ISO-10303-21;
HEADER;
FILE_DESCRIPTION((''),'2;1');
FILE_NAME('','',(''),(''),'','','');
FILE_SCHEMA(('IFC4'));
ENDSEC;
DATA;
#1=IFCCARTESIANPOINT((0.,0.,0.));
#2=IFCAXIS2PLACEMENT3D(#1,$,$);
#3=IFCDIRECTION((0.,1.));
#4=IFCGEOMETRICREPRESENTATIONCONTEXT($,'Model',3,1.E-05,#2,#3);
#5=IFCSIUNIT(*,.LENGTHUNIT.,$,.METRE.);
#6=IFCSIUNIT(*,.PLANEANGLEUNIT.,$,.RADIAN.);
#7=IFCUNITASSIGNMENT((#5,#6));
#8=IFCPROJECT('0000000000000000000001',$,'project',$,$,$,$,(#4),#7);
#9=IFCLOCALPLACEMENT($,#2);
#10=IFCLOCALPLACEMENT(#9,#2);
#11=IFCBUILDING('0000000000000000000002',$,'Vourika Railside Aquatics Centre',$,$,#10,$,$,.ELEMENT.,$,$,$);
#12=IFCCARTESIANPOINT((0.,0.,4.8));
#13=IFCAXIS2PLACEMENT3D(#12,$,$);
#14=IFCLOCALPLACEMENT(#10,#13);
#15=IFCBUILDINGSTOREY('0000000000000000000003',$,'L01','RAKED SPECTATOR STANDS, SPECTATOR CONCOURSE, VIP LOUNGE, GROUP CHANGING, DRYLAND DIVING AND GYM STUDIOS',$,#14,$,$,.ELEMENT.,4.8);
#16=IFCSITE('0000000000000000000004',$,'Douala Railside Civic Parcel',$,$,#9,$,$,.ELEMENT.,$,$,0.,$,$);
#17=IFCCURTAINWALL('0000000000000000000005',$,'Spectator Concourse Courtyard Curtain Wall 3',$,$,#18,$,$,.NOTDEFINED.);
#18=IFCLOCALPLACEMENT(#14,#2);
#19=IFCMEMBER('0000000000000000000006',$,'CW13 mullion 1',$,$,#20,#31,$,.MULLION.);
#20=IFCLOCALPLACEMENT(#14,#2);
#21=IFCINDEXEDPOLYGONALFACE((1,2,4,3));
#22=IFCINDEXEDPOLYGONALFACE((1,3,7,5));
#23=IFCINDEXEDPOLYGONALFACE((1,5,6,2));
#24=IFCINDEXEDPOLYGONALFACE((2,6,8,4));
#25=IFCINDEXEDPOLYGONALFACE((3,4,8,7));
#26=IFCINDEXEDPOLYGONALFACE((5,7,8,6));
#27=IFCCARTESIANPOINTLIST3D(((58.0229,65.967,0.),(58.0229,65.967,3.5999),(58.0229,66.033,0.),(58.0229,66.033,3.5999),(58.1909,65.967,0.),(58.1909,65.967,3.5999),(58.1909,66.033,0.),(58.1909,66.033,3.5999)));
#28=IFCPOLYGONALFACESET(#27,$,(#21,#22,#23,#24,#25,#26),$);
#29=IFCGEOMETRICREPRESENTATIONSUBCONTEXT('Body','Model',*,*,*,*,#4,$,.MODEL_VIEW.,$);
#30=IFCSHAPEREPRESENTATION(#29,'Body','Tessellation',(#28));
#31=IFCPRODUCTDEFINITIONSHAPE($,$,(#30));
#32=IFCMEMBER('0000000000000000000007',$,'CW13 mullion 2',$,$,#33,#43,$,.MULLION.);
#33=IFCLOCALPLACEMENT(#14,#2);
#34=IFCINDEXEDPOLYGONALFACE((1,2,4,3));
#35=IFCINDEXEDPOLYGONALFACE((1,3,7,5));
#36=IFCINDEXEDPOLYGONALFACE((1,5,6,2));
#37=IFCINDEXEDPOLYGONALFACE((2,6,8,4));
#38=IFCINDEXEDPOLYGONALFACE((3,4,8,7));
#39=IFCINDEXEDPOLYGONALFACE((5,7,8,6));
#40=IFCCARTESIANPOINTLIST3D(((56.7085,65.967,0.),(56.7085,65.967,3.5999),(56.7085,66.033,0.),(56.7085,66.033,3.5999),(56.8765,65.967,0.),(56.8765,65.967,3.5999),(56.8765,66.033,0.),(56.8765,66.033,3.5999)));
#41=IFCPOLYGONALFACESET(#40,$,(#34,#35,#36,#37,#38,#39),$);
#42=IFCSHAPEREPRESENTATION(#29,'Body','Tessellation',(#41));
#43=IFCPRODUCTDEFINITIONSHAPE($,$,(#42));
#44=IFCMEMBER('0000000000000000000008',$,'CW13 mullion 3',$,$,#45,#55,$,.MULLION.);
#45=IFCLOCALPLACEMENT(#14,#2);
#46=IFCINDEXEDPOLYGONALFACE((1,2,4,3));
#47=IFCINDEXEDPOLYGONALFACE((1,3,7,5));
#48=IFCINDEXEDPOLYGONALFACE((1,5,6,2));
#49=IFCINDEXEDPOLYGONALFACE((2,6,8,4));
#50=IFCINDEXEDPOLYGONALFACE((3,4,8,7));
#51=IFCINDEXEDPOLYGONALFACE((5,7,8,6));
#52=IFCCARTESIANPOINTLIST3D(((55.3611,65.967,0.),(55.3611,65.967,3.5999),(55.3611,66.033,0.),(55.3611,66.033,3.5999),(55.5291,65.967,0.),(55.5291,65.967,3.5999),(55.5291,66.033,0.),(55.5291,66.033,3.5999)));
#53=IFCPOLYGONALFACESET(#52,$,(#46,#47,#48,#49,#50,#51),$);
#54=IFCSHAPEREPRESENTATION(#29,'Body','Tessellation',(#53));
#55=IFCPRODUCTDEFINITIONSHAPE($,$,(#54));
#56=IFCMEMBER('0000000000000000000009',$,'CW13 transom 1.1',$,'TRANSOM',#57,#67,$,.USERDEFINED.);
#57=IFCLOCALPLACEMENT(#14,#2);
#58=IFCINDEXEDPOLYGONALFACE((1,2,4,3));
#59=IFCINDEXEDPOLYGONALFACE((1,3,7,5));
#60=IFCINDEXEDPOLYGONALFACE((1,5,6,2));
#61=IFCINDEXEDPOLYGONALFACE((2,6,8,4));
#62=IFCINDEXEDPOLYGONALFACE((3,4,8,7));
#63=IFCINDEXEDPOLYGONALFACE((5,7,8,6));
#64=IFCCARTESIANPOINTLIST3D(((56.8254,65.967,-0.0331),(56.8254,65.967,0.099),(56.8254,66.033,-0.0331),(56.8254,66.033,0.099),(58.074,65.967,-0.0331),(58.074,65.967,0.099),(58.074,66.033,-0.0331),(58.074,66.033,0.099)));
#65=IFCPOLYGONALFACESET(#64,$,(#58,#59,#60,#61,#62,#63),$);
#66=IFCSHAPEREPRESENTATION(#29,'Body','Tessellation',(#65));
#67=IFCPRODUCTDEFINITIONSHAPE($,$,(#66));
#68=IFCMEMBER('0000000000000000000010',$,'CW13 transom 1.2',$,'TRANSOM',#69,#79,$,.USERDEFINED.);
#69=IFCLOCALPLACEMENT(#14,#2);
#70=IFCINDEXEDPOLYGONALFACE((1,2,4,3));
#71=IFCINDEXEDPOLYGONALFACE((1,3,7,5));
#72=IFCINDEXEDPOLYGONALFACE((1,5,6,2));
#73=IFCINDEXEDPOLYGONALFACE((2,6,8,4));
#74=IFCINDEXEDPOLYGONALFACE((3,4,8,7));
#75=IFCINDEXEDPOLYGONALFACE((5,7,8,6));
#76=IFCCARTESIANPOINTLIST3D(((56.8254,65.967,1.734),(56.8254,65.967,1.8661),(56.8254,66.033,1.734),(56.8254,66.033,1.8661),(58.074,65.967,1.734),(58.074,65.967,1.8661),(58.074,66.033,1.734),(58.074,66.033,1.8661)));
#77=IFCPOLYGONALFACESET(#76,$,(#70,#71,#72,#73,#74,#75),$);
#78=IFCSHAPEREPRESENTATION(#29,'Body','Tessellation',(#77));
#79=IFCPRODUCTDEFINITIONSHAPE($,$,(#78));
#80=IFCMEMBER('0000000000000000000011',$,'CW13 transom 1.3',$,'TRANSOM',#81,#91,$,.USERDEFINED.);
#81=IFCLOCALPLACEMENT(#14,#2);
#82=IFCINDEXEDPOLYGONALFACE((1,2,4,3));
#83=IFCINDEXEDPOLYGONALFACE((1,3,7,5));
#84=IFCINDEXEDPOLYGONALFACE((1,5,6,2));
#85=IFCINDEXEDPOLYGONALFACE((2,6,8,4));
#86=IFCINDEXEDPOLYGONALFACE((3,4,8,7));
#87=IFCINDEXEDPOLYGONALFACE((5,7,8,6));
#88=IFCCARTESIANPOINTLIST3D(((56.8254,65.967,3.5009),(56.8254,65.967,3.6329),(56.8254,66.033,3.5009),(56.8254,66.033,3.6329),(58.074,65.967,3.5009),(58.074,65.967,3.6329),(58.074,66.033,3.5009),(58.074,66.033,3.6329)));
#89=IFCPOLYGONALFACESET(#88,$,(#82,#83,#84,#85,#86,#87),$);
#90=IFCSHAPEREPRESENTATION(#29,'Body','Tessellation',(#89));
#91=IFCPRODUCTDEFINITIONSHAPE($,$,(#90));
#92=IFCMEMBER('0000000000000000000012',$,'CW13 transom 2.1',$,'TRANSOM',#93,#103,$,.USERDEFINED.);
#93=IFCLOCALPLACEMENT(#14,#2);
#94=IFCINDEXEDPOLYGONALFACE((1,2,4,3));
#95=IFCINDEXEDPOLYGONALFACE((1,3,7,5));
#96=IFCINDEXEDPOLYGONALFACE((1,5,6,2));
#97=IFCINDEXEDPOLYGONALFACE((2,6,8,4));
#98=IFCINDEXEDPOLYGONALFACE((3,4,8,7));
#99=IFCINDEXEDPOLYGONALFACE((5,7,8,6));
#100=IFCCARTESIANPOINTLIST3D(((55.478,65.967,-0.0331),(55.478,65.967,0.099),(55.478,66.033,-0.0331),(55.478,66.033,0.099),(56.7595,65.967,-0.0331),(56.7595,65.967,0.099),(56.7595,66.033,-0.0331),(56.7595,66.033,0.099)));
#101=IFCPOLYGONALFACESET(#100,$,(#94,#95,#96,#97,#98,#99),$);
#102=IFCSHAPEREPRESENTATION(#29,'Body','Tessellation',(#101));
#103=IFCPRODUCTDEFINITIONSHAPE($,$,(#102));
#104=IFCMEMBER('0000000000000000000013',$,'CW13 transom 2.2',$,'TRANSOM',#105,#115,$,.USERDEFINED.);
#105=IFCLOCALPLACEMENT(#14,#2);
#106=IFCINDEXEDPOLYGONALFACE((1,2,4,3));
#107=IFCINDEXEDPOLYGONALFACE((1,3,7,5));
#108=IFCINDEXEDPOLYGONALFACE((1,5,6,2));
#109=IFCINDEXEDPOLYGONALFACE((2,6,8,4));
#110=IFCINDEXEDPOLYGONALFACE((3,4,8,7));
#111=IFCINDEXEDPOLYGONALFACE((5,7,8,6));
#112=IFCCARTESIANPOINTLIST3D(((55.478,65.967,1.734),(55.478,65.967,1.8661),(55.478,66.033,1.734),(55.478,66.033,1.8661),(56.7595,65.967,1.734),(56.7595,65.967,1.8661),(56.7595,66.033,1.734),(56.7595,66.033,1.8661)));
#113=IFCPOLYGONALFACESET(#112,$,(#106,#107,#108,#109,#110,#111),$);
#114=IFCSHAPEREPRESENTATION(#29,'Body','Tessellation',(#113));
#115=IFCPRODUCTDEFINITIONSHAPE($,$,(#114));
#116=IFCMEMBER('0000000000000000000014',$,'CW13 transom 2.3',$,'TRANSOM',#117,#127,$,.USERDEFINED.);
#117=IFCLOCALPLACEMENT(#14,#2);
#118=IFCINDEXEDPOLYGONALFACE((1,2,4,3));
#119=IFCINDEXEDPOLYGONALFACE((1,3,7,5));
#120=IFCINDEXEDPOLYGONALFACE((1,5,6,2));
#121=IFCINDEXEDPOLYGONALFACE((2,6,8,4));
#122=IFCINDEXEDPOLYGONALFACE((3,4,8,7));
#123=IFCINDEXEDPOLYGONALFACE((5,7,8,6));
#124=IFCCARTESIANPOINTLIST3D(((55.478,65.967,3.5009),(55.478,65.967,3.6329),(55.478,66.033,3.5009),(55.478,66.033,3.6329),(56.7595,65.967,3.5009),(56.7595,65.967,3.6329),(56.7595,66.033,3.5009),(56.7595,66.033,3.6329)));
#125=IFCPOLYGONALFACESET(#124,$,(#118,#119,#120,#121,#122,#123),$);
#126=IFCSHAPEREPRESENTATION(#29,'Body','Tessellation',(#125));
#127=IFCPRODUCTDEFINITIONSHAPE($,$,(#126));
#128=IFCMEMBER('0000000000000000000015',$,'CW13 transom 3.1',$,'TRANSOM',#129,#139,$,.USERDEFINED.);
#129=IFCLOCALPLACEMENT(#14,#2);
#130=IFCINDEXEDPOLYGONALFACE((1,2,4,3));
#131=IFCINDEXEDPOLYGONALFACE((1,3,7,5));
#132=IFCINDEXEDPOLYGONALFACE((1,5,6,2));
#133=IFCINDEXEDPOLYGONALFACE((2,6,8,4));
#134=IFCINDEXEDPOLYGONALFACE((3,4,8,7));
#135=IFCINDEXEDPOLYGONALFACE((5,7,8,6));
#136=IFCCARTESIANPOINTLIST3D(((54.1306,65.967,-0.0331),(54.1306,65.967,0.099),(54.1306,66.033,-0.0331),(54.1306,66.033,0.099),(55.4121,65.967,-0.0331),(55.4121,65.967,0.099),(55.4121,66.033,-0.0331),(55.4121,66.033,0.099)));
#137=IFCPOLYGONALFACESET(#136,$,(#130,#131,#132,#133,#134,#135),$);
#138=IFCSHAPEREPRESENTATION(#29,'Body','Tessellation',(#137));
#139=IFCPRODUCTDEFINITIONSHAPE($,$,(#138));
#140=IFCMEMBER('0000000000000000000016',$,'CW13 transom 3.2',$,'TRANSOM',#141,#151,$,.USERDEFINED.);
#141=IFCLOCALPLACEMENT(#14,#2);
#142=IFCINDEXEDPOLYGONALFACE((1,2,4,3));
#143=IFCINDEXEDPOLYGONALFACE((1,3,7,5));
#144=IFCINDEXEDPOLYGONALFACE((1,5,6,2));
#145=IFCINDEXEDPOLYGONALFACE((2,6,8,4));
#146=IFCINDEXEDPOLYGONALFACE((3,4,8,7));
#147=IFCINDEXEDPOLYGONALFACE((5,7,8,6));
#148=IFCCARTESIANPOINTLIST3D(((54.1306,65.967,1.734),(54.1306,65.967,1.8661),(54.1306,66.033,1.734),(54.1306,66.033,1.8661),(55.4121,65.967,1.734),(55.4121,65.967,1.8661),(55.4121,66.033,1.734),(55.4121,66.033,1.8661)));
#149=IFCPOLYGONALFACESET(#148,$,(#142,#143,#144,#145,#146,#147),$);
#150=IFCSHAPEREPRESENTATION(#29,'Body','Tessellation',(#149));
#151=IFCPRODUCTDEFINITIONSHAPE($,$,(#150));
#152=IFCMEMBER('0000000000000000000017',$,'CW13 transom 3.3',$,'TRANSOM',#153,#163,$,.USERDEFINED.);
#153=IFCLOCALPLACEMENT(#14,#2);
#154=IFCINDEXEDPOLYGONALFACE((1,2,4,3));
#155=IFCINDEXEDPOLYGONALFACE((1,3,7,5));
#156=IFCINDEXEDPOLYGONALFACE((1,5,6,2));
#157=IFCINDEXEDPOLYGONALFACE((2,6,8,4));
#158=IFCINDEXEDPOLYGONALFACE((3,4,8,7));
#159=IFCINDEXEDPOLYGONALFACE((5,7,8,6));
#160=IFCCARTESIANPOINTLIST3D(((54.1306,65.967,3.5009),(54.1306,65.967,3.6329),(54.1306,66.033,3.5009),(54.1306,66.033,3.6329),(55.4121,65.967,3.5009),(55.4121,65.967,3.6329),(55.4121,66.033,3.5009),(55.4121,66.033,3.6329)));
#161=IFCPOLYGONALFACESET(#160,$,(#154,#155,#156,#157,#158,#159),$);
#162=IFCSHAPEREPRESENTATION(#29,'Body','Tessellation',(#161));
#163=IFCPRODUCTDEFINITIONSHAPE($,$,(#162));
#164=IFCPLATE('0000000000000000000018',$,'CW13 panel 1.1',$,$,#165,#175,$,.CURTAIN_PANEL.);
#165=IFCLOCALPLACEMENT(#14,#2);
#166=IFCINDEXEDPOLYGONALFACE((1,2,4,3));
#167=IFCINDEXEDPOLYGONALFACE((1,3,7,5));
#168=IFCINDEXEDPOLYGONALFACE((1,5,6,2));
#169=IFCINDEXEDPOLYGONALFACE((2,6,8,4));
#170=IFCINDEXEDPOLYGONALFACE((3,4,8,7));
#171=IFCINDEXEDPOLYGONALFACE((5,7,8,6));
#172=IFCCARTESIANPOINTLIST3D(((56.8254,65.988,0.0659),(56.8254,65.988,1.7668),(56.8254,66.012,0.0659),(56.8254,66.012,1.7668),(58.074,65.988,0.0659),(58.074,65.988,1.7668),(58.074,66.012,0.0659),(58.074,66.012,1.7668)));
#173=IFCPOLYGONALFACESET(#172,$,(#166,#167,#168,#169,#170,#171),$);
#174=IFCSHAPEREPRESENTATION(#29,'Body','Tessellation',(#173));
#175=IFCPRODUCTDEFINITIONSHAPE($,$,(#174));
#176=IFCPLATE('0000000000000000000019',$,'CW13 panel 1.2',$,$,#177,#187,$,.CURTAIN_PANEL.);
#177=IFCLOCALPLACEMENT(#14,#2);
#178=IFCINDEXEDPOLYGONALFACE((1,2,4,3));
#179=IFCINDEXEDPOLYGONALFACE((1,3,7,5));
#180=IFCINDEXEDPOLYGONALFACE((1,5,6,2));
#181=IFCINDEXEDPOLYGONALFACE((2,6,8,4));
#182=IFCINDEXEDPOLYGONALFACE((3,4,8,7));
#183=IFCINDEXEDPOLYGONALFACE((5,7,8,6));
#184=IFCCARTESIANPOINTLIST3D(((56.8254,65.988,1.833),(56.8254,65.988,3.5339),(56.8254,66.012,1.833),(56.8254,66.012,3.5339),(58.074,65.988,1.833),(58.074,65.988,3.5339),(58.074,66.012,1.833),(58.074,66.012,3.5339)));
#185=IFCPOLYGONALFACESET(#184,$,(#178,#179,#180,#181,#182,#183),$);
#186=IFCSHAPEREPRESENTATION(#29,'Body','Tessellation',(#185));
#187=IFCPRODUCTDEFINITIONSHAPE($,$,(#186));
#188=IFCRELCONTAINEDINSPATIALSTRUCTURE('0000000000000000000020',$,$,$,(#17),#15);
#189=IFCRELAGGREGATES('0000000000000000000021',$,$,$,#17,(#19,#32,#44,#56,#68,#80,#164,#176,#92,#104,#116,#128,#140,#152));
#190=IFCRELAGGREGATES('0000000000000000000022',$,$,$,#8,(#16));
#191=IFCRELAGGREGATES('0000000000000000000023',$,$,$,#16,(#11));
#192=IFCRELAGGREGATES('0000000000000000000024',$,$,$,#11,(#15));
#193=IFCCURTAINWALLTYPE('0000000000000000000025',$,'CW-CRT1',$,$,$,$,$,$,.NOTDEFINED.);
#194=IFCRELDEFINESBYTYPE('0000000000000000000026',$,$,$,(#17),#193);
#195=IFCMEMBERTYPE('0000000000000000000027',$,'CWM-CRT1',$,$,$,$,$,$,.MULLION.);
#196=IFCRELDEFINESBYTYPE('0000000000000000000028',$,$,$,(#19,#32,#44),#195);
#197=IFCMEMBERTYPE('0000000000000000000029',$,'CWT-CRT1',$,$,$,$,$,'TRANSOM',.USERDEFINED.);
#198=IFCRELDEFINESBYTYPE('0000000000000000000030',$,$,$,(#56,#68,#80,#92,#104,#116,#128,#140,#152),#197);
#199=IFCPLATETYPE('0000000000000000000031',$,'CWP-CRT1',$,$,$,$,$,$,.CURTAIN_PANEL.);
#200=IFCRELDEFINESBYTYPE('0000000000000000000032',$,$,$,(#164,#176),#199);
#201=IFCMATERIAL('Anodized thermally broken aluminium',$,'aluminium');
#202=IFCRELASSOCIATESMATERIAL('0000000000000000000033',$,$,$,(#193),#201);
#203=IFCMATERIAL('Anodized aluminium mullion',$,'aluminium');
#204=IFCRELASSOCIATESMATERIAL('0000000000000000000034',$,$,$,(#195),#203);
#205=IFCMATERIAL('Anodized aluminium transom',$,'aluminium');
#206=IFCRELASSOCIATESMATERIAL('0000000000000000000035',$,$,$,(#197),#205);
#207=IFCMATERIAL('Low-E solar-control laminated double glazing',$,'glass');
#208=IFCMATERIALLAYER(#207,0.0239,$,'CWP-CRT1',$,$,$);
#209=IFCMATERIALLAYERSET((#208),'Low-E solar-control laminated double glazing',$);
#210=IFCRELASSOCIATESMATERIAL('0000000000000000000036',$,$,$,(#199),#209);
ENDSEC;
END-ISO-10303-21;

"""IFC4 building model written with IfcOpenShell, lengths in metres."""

from ifc_helpers import new_model, si_unit, direction, frame, origin, origin_2d, place, context, subcontext, project, spatial, rectangle, extrude, material, layer, layer_set, material_profile, profile_set, type_object, element, aggregate, save


model = new_model("IFC4")

# Units and contexts
model_context = context("Model", 3, precision=1e-05, world=origin(), true_north=direction((0.0, 1.0)))
body_context = subcontext(model_context, "Body", "Model", "MODEL_VIEW")
ifc_project = project(units=[si_unit("LENGTHUNIT", "METRE"), si_unit("PLANEANGLEUNIT", "RADIAN")], contexts=[model_context])

# Site, building, storey
site_placement = place(None, origin())
site = spatial("IfcSite", under=ifc_project, at=site_placement, Name="Douala Railside Civic Parcel", CompositionType="ELEMENT", RefElevation=0.0)
building_placement = place(site_placement, origin())
building = spatial("IfcBuilding", under=site, at=building_placement, Name="Vourika Railside Aquatics Centre", CompositionType="ELEMENT")
storey_placement = place(building_placement, frame((0.0, 0.0, 4.8)))
storey = spatial("IfcBuildingStorey", under=building, at=storey_placement, Name="L01", Description="RAKED SPECTATOR STANDS, SPECTATOR CONCOURSE, VIP LOUNGE, GROUP CHANGING, DRYLAND DIVING AND GYM STUDIOS", CompositionType="ELEMENT", Elevation=4.8)

# Curtain wall, members, plates
ifc_material_1 = material(Name="Anodized thermally broken aluminium", Category="aluminium")
curtain_wall_type = type_object("IfcCurtainWallType", Name="CW-CRT1", PredefinedType="NOTDEFINED", material=ifc_material_1)
curtain_wall_placement = place(storey_placement, origin())
curtain_wall = element("IfcCurtainWall", 1, at=curtain_wall_placement, inside=storey, type_object=curtain_wall_type, Name="Spectator Concourse Courtyard Curtain Wall 3", PredefinedType="NOTDEFINED")
ifc_material_2 = material(Name="Anodized aluminium mullion", Category="aluminium")
ifc_material_profile_1 = material_profile(ifc_material_2, rectangle(XDim=0.0659, YDim=0.168, at=origin_2d()), Name="ALU-M 66x168")
ifc_profile_set_1 = profile_set([ifc_material_profile_1], Name="Anodized aluminium mullion")
member_type_1 = type_object("IfcMemberType", Name="CWM-CRT1", PredefinedType="MULLION", material=ifc_profile_set_1)
member_1_placement = place(storey_placement, frame((58.1069, 66.0, 0.0), z_axis=(0.0, 0.0, 1.0), x_axis=(0.0, -1.0, 0.0)))
member_1 = element("IfcMember", 2, at=member_1_placement, type_object=member_type_1, Name="CW13 mullion 1", PredefinedType="MULLION", context=body_context, shape_type="SweptSolid", body=[
    extrude(rectangle(XDim=0.0659, YDim=0.168, at=origin_2d()), origin(), (0.0, 0.0, 1.0), 3.5999),
])
member_2_placement = place(storey_placement, frame((56.7925, 66.0, 0.0), z_axis=(0.0, 0.0, 1.0), x_axis=(0.0, -1.0, 0.0)))
member_2 = element("IfcMember", 3, at=member_2_placement, type_object=member_type_1, Name="CW13 mullion 2", PredefinedType="MULLION", context=body_context, shape_type="SweptSolid", body=[
    extrude(rectangle(XDim=0.0659, YDim=0.168, at=origin_2d()), origin(), (0.0, 0.0, 1.0), 3.5999),
])
member_3_placement = place(storey_placement, frame((55.4451, 66.0, 0.0), z_axis=(0.0, 0.0, 1.0), x_axis=(0.0, -1.0, 0.0)))
member_3 = element("IfcMember", 4, at=member_3_placement, type_object=member_type_1, Name="CW13 mullion 3", PredefinedType="MULLION", context=body_context, shape_type="SweptSolid", body=[
    extrude(rectangle(XDim=0.0659, YDim=0.168, at=origin_2d()), origin(), (0.0, 0.0, 1.0), 3.5999),
])
ifc_material_3 = material(Name="Anodized aluminium transom", Category="aluminium")
ifc_material_profile_2 = material_profile(ifc_material_3, rectangle(XDim=0.0659, YDim=0.1321, at=origin_2d()), Name="ALU-T 66x132")
ifc_profile_set_2 = profile_set([ifc_material_profile_2], Name="Anodized aluminium transom")
member_type_2 = type_object("IfcMemberType", Name="CWT-CRT1", ElementType="TRANSOM", PredefinedType="USERDEFINED", material=ifc_profile_set_2)
member_4_placement = place(storey_placement, frame((58.074, 66.0, 0.033), z_axis=(-1.0, 0.0, 0.0), x_axis=(0.0, -1.0, 0.0)))
member_4 = element("IfcMember", 5, at=member_4_placement, type_object=member_type_2, Name="CW13 transom 1.1", ObjectType="TRANSOM", PredefinedType="USERDEFINED", context=body_context, shape_type="SweptSolid", body=[
    extrude(rectangle(XDim=0.0659, YDim=0.1321, at=origin_2d()), origin(), (0.0, 0.0, 1.0), 1.2485),
])
member_5_placement = place(storey_placement, frame((58.074, 66.0, 1.8), z_axis=(-1.0, 0.0, 0.0), x_axis=(0.0, -1.0, 0.0)))
member_5 = element("IfcMember", 6, at=member_5_placement, type_object=member_type_2, Name="CW13 transom 1.2", ObjectType="TRANSOM", PredefinedType="USERDEFINED", context=body_context, shape_type="SweptSolid", body=[
    extrude(rectangle(XDim=0.0659, YDim=0.1321, at=origin_2d()), origin(), (0.0, 0.0, 1.0), 1.2485),
])
member_6_placement = place(storey_placement, frame((58.074, 66.0, 3.5669), z_axis=(-1.0, 0.0, 0.0), x_axis=(0.0, -1.0, 0.0)))
member_6 = element("IfcMember", 7, at=member_6_placement, type_object=member_type_2, Name="CW13 transom 1.3", ObjectType="TRANSOM", PredefinedType="USERDEFINED", context=body_context, shape_type="SweptSolid", body=[
    extrude(rectangle(XDim=0.0659, YDim=0.1321, at=origin_2d()), origin(), (0.0, 0.0, 1.0), 1.2485),
])
member_7_placement = place(storey_placement, frame((56.7595, 66.0, 0.033), z_axis=(-1.0, 0.0, 0.0), x_axis=(0.0, -1.0, 0.0)))
member_7 = element("IfcMember", 8, at=member_7_placement, type_object=member_type_2, Name="CW13 transom 2.1", ObjectType="TRANSOM", PredefinedType="USERDEFINED", context=body_context, shape_type="SweptSolid", body=[
    extrude(rectangle(XDim=0.0659, YDim=0.1321, at=origin_2d()), origin(), (0.0, 0.0, 1.0), 1.2815),
])
member_8_placement = place(storey_placement, frame((56.7595, 66.0, 1.8), z_axis=(-1.0, 0.0, 0.0), x_axis=(0.0, -1.0, 0.0)))
member_8 = element("IfcMember", 9, at=member_8_placement, type_object=member_type_2, Name="CW13 transom 2.2", ObjectType="TRANSOM", PredefinedType="USERDEFINED", context=body_context, shape_type="SweptSolid", body=[
    extrude(rectangle(XDim=0.0659, YDim=0.1321, at=origin_2d()), origin(), (0.0, 0.0, 1.0), 1.2815),
])
member_9_placement = place(storey_placement, frame((56.7595, 66.0, 3.5669), z_axis=(-1.0, 0.0, 0.0), x_axis=(0.0, -1.0, 0.0)))
member_9 = element("IfcMember", 10, at=member_9_placement, type_object=member_type_2, Name="CW13 transom 2.3", ObjectType="TRANSOM", PredefinedType="USERDEFINED", context=body_context, shape_type="SweptSolid", body=[
    extrude(rectangle(XDim=0.0659, YDim=0.1321, at=origin_2d()), origin(), (0.0, 0.0, 1.0), 1.2815),
])
member_10_placement = place(storey_placement, frame((55.4121, 66.0, 0.033), z_axis=(-1.0, 0.0, 0.0), x_axis=(0.0, -1.0, 0.0)))
member_10 = element("IfcMember", 11, at=member_10_placement, type_object=member_type_2, Name="CW13 transom 3.1", ObjectType="TRANSOM", PredefinedType="USERDEFINED", context=body_context, shape_type="SweptSolid", body=[
    extrude(rectangle(XDim=0.0659, YDim=0.1321, at=origin_2d()), origin(), (0.0, 0.0, 1.0), 1.2815),
])
member_11_placement = place(storey_placement, frame((55.4121, 66.0, 1.8), z_axis=(-1.0, 0.0, 0.0), x_axis=(0.0, -1.0, 0.0)))
member_11 = element("IfcMember", 12, at=member_11_placement, type_object=member_type_2, Name="CW13 transom 3.2", ObjectType="TRANSOM", PredefinedType="USERDEFINED", context=body_context, shape_type="SweptSolid", body=[
    extrude(rectangle(XDim=0.0659, YDim=0.1321, at=origin_2d()), origin(), (0.0, 0.0, 1.0), 1.2815),
])
member_12_placement = place(storey_placement, frame((55.4121, 66.0, 3.5669), z_axis=(-1.0, 0.0, 0.0), x_axis=(0.0, -1.0, 0.0)))
member_12 = element("IfcMember", 13, at=member_12_placement, type_object=member_type_2, Name="CW13 transom 3.3", ObjectType="TRANSOM", PredefinedType="USERDEFINED", context=body_context, shape_type="SweptSolid", body=[
    extrude(rectangle(XDim=0.0659, YDim=0.1321, at=origin_2d()), origin(), (0.0, 0.0, 1.0), 1.2815),
])
ifc_material_4 = material(Name="Low-E solar-control laminated double glazing", Category="glass")
ifc_layer = layer(ifc_material_4, 0.0239, Name="CWP-CRT1")
ifc_layer_set = layer_set([ifc_layer], Name="Low-E solar-control laminated double glazing")
plate_type = type_object("IfcPlateType", Name="CWP-CRT1", PredefinedType="CURTAIN_PANEL", material=ifc_layer_set)
plate_1_placement = place(storey_placement, frame((57.4497, 66.0, 0.0659), z_axis=(0.0, 0.0, 1.0), x_axis=(-1.0, 0.0, 0.0)))
plate_1 = element("IfcPlate", 14, at=plate_1_placement, type_object=plate_type, Name="CW13 panel 1.1", PredefinedType="CURTAIN_PANEL", context=body_context, shape_type="SweptSolid", body=[
    extrude(rectangle(XDim=1.2485, YDim=0.0239, at=origin_2d()), origin(), (0.0, 0.0, 1.0), 1.7009),
])
plate_2_placement = place(storey_placement, frame((57.4497, 66.0, 1.833), z_axis=(0.0, 0.0, 1.0), x_axis=(-1.0, 0.0, 0.0)))
plate_2 = element("IfcPlate", 15, at=plate_2_placement, type_object=plate_type, Name="CW13 panel 1.2", PredefinedType="CURTAIN_PANEL", context=body_context, shape_type="SweptSolid", body=[
    extrude(rectangle(XDim=1.2485, YDim=0.0239, at=origin_2d()), origin(), (0.0, 0.0, 1.0), 1.7009),
])
aggregate(curtain_wall, [member_1, member_2, member_3, member_4, member_5, member_6, plate_1, plate_2, member_7, member_8, member_9, member_10, member_11, member_12])

save(model, "model.ifc")
